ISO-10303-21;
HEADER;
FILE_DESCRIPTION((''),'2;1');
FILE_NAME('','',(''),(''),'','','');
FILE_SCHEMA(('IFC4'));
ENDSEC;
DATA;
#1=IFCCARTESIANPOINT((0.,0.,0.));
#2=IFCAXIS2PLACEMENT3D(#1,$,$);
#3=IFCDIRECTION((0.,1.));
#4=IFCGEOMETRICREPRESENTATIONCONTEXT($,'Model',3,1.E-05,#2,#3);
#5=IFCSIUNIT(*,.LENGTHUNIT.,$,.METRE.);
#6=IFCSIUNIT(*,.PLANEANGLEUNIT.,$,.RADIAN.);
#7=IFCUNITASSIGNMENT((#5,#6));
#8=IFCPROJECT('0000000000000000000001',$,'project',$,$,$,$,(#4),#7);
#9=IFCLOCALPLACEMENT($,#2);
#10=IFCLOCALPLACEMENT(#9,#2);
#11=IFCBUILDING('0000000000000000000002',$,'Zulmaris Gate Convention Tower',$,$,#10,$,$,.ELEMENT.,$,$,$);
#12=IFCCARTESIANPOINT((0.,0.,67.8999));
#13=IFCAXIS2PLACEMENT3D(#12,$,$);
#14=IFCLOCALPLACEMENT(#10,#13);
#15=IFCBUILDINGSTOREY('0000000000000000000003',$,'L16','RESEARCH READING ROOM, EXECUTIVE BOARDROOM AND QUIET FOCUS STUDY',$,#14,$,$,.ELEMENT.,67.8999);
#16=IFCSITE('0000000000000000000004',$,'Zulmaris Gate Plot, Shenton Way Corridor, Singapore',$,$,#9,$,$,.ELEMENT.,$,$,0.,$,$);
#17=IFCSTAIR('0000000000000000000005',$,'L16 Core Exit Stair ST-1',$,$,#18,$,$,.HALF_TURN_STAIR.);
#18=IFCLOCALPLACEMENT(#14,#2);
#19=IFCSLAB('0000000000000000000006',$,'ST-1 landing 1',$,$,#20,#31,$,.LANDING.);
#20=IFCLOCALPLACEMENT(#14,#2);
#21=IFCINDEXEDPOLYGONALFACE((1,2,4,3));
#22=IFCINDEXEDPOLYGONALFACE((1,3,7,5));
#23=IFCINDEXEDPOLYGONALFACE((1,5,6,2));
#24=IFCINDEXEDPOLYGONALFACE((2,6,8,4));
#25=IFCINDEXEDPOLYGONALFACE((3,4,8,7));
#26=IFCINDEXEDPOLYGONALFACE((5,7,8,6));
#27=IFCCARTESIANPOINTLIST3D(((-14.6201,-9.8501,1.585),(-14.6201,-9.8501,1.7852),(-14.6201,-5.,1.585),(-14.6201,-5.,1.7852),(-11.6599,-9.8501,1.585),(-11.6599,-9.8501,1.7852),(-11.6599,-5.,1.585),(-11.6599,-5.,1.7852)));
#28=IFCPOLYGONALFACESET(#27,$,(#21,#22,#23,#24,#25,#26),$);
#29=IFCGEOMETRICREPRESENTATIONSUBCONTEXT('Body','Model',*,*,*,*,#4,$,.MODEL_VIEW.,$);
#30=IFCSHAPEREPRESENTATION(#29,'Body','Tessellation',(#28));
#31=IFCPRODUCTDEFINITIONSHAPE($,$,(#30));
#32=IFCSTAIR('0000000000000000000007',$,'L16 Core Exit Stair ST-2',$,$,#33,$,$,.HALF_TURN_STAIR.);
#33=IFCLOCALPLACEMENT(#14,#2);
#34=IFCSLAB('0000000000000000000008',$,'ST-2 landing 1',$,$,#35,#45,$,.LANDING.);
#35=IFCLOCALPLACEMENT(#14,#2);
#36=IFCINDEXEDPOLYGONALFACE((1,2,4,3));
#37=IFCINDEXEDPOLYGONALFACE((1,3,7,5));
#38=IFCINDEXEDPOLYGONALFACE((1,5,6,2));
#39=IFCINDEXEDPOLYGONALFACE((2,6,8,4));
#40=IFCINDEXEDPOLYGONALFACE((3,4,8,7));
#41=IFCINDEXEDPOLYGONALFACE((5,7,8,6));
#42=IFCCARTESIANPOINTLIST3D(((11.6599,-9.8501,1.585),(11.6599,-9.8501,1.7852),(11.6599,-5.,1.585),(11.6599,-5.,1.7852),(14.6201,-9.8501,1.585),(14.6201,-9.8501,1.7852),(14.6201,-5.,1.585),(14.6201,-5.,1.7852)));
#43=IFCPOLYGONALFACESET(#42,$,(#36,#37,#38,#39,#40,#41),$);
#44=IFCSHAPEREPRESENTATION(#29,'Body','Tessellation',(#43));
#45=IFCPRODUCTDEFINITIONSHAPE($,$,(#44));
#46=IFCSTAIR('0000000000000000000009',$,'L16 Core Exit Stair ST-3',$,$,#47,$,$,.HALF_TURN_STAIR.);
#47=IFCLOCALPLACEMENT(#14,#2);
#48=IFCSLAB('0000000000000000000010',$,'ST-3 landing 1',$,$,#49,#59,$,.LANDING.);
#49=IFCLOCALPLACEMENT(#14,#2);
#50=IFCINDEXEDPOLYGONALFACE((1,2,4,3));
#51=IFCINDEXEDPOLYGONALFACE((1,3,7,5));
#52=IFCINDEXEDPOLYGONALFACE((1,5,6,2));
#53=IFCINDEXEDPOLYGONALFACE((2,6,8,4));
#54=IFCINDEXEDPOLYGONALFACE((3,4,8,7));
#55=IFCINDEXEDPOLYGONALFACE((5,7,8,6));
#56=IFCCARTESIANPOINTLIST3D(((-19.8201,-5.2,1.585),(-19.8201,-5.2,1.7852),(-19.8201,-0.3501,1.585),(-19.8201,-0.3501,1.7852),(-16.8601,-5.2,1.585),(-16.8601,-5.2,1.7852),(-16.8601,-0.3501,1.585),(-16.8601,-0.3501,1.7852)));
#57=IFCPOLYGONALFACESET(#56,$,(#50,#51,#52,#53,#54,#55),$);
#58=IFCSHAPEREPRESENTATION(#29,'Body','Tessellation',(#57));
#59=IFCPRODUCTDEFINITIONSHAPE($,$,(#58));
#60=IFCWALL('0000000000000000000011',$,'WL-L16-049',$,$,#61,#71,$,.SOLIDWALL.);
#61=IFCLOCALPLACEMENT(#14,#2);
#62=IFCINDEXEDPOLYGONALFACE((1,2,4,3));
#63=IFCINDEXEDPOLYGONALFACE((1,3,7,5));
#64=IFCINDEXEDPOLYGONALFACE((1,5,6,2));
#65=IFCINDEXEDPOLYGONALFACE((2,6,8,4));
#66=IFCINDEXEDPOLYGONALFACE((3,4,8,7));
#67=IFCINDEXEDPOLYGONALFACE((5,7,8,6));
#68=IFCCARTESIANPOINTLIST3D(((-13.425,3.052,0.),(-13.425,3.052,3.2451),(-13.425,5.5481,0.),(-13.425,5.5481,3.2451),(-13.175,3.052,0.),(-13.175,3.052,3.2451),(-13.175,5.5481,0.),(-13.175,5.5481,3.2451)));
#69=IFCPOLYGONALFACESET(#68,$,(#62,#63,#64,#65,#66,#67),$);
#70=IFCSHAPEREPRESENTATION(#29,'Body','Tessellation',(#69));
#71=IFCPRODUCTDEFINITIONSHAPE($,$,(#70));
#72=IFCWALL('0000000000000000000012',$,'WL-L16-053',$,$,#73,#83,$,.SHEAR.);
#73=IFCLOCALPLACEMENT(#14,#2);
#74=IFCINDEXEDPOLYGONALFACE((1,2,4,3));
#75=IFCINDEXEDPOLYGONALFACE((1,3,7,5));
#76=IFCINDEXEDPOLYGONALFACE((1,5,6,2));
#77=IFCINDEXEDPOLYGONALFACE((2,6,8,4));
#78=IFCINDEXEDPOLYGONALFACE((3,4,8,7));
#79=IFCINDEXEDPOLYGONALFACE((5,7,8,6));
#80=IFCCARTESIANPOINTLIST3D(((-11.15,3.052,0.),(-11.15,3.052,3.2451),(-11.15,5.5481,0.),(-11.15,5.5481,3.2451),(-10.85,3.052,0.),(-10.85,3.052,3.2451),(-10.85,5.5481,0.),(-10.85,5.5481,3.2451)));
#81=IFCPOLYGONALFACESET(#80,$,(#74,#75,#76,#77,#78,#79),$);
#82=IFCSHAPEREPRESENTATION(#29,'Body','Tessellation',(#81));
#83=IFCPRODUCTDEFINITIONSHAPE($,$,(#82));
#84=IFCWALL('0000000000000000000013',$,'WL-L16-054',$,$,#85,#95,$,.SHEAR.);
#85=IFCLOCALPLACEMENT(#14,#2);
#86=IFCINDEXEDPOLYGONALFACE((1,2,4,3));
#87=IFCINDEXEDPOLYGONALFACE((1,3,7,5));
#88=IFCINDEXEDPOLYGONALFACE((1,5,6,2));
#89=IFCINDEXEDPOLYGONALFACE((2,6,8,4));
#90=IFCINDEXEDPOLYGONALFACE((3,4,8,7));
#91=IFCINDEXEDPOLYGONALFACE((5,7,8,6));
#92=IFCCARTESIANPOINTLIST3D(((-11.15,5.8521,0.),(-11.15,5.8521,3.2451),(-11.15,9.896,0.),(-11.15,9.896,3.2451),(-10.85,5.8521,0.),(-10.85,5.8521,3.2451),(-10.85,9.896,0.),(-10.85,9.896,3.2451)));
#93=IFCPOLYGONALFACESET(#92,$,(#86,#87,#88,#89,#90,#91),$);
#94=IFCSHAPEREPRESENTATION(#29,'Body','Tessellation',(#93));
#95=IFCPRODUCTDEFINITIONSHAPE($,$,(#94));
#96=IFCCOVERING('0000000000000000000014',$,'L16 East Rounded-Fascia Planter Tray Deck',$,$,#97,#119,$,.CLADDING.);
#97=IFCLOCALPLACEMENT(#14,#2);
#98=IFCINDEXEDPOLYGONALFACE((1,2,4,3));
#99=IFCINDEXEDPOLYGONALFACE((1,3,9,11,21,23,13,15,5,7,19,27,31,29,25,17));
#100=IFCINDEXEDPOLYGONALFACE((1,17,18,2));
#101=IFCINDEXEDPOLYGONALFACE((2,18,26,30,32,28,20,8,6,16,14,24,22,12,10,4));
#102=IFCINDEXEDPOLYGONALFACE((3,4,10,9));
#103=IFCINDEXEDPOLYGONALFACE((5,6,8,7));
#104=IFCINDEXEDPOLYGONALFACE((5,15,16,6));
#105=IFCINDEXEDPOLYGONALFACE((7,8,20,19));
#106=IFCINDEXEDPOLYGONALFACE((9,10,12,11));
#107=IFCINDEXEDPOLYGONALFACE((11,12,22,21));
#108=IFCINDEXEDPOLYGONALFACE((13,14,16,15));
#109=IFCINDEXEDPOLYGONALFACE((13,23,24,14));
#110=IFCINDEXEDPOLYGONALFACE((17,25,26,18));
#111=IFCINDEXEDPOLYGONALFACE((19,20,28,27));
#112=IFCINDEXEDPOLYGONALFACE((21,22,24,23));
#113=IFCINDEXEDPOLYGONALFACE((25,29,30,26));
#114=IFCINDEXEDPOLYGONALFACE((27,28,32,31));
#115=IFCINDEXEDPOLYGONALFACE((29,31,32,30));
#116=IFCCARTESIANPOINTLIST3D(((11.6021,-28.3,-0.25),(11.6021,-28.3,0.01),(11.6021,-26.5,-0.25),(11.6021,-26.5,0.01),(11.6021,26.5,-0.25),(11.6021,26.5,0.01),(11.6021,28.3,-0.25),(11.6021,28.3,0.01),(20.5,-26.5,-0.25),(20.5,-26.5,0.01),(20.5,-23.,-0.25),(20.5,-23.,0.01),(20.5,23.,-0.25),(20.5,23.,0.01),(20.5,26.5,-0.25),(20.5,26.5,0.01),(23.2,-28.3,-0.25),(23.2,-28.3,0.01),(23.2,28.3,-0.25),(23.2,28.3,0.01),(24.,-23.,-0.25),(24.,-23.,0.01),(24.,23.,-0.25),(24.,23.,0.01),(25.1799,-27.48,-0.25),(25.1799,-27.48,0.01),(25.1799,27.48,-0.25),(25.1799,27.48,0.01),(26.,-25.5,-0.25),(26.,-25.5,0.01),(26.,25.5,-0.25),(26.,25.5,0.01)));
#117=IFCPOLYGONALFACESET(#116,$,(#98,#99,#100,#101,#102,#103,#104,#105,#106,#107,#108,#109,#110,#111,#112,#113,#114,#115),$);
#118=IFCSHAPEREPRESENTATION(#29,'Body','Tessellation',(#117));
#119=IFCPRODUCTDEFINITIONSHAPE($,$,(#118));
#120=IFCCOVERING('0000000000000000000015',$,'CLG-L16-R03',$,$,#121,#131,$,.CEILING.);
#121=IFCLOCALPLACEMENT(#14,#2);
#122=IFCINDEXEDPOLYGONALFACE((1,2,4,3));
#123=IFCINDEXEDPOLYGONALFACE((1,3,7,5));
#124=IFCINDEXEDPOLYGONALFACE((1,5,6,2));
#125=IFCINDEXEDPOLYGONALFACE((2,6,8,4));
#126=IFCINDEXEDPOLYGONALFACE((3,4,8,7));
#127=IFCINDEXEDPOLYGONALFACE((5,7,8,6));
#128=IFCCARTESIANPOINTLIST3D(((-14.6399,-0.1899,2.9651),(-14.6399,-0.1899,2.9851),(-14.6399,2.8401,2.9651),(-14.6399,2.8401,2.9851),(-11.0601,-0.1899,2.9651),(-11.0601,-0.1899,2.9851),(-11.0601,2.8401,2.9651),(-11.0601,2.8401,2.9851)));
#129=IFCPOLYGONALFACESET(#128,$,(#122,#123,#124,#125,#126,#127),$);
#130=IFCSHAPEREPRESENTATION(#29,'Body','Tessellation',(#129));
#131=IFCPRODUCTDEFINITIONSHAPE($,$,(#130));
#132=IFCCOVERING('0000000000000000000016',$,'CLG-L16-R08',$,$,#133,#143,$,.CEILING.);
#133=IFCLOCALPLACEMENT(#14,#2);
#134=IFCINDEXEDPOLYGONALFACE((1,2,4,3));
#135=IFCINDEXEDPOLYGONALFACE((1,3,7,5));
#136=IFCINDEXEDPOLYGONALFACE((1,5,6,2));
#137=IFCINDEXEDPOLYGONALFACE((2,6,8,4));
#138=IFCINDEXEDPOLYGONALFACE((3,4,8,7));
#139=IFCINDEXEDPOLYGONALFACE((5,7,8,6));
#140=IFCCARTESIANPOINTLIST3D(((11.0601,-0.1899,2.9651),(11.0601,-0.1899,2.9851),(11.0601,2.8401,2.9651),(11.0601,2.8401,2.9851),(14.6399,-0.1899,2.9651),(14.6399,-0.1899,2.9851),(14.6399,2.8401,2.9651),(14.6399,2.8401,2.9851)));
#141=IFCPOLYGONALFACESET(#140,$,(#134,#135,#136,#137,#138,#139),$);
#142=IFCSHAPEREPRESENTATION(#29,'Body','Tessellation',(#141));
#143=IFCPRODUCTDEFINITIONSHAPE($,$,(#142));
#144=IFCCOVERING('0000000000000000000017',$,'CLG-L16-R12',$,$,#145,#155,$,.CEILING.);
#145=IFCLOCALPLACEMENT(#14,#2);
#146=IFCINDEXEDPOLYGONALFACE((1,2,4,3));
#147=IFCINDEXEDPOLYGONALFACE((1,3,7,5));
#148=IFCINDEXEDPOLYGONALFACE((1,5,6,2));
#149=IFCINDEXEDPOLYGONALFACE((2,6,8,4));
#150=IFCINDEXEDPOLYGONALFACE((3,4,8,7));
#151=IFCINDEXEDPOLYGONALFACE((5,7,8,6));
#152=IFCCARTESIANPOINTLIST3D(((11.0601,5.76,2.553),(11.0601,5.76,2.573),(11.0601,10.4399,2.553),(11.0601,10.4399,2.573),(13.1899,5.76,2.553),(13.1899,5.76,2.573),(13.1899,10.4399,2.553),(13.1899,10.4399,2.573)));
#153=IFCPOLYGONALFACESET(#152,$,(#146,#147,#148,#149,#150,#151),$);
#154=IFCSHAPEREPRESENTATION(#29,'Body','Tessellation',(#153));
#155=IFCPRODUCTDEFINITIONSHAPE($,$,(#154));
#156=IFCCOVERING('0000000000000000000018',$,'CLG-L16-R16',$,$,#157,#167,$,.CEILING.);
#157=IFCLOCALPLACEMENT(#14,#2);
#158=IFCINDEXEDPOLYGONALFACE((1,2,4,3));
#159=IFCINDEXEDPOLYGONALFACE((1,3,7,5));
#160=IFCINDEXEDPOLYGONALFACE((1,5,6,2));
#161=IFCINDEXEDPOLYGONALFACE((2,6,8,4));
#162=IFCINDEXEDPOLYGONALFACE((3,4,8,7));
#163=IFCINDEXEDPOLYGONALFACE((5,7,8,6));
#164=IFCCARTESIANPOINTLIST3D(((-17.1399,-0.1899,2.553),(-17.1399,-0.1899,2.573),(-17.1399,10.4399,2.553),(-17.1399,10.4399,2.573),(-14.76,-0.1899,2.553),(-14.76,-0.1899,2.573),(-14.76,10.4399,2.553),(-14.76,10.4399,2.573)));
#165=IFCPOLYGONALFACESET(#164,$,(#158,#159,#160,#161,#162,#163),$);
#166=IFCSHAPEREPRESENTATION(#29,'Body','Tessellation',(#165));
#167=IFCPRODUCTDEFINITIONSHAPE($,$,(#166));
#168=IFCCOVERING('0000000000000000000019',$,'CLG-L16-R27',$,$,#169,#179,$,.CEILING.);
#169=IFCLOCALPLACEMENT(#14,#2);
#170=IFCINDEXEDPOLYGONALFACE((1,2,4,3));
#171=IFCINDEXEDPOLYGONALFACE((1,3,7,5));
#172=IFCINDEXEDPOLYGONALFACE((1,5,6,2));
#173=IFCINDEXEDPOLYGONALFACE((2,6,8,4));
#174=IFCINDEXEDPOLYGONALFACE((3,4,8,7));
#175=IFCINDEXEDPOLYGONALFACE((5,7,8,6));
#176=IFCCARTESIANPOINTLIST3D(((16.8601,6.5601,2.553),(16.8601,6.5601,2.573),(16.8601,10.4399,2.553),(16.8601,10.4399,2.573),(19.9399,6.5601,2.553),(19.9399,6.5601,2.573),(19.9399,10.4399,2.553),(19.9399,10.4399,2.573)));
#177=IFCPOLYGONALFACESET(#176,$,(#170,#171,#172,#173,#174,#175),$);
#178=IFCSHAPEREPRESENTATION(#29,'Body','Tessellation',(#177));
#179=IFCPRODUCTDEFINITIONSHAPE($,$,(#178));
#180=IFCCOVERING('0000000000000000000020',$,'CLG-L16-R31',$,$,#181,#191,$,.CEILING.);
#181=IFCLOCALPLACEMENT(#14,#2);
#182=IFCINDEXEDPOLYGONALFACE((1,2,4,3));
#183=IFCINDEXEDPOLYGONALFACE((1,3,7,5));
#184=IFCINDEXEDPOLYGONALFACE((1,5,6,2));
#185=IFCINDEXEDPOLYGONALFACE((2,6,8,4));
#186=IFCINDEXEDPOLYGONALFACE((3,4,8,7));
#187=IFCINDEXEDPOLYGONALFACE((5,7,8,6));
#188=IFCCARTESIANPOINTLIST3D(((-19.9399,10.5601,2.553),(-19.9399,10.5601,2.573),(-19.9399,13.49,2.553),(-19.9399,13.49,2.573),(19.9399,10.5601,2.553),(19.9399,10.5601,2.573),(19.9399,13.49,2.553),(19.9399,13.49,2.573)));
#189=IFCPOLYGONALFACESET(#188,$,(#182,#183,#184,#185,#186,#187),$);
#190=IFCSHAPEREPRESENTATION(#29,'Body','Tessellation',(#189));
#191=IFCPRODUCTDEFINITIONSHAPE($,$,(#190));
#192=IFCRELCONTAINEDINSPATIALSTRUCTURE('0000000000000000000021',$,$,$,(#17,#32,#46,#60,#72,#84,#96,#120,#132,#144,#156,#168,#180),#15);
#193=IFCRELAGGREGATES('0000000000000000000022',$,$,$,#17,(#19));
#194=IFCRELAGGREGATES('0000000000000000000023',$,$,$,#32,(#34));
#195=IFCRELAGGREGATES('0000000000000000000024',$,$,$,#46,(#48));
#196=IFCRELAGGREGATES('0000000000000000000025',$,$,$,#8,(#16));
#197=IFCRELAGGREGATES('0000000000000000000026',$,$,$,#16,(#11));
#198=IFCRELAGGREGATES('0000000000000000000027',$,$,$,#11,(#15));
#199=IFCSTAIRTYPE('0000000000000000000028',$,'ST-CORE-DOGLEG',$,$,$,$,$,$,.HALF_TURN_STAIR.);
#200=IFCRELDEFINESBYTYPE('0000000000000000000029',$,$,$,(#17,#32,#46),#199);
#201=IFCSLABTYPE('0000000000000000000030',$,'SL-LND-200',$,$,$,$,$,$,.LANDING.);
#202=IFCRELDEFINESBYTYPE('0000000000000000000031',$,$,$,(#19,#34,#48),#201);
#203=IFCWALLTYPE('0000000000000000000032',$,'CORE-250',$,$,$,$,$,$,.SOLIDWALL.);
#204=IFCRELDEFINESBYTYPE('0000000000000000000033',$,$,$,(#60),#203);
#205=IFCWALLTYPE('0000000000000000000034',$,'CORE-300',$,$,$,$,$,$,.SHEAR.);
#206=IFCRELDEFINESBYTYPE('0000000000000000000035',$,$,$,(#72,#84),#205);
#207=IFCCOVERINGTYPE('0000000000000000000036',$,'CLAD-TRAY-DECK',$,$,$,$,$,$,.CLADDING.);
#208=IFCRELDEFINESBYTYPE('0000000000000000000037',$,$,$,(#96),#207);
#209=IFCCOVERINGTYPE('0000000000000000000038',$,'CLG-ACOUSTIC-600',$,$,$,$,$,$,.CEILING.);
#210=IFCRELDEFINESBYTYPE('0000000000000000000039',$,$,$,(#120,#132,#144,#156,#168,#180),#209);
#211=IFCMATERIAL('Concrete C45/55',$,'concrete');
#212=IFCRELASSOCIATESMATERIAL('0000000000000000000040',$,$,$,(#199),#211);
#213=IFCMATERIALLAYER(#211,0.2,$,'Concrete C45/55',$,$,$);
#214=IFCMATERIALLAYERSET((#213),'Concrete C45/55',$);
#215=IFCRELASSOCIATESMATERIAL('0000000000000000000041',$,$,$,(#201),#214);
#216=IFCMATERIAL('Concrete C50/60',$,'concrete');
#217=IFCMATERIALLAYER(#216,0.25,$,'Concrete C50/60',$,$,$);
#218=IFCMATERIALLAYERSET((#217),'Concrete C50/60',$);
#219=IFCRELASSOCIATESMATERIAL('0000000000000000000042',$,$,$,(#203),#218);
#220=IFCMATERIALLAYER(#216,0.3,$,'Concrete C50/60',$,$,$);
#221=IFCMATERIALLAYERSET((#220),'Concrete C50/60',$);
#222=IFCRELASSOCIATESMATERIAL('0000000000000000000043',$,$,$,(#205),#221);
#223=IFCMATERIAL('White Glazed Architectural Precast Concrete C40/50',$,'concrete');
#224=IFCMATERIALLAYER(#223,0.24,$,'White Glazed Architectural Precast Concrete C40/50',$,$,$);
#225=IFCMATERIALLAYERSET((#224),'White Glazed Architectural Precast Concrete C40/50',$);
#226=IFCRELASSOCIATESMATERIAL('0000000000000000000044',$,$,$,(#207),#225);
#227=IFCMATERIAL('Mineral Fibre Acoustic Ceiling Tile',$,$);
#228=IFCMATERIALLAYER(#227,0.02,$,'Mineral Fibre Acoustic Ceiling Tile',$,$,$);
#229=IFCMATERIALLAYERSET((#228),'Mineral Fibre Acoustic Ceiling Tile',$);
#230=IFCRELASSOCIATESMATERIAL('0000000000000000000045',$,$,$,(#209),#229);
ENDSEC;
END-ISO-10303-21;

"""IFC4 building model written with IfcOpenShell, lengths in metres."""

from ifc_helpers import new_model, si_unit, direction, frame, frame_2d, origin, place, context, subcontext, project, spatial, polyline, rectangle, outline, extrude, material, layer, layer_set, type_object, element, aggregate, save


model = new_model("IFC4")

# Units and contexts
model_context = context("Model", 3, precision=1e-05, world=origin(), true_north=direction((0.0, 1.0)))
body_context = subcontext(model_context, "Body", "Model", "MODEL_VIEW")
ifc_project = project(units=[si_unit("LENGTHUNIT", "METRE"), si_unit("PLANEANGLEUNIT", "RADIAN")], contexts=[model_context])

# Site, building, storey
site_placement = place(None, origin())
site = spatial("IfcSite", under=ifc_project, at=site_placement, Name="Zulmaris Gate Plot, Shenton Way Corridor, Singapore", CompositionType="ELEMENT", RefElevation=0.0)
building_placement = place(site_placement, origin())
building = spatial("IfcBuilding", under=site, at=building_placement, Name="Zulmaris Gate Convention Tower", CompositionType="ELEMENT")
storey_placement = place(building_placement, frame((0.0, 0.0, 67.8999)))
storey = spatial("IfcBuildingStorey", under=building, at=storey_placement, Name="L16", Description="RESEARCH READING ROOM, EXECUTIVE BOARDROOM AND QUIET FOCUS STUDY", CompositionType="ELEMENT", Elevation=67.8999)

# Stairs, slabs
ifc_material_1 = material(Name="Concrete C45/55", Category="concrete")
stair_type = type_object("IfcStairType", Name="ST-CORE-DOGLEG", PredefinedType="HALF_TURN_STAIR", material=ifc_material_1)
stair_1_placement = place(storey_placement, origin())
stair_1 = element("IfcStair", 1, at=stair_1_placement, inside=storey, type_object=stair_type, Name="L16 Core Exit Stair ST-1", PredefinedType="HALF_TURN_STAIR")
ifc_layer_1 = layer(ifc_material_1, 0.2, Name="Concrete C45/55")
ifc_layer_set_1 = layer_set([ifc_layer_1], Name="Concrete C45/55")
slab_type = type_object("IfcSlabType", Name="SL-LND-200", PredefinedType="LANDING", material=ifc_layer_set_1)
slab_1_placement = place(storey_placement, frame((0.0, 0.0, 1.585)))
slab_1 = element("IfcSlab", 2, at=slab_1_placement, type_object=slab_type, Name="ST-1 landing 1", PredefinedType="LANDING", context=body_context, shape_type="SweptSolid", body=[
    extrude(outline(polyline([(-14.6201, -5.0), (-14.6201, -9.8501), (-11.6599, -9.8501), (-11.6599, -5.0), (-14.6201, -5.0)])), origin(), (0.0, 0.0, 1.0), 0.2002),
])
aggregate(stair_1, [slab_1])
stair_2_placement = place(storey_placement, origin())
stair_2 = element("IfcStair", 3, at=stair_2_placement, inside=storey, type_object=stair_type, Name="L16 Core Exit Stair ST-2", PredefinedType="HALF_TURN_STAIR")
slab_2_placement = place(storey_placement, frame((0.0, 0.0, 1.585)))
slab_2 = element("IfcSlab", 4, at=slab_2_placement, type_object=slab_type, Name="ST-2 landing 1", PredefinedType="LANDING", context=body_context, shape_type="SweptSolid", body=[
    extrude(outline(polyline([(11.6599, -5.0), (11.6599, -9.8501), (14.6201, -9.8501), (14.6201, -5.0), (11.6599, -5.0)])), origin(), (0.0, 0.0, 1.0), 0.2002),
])
aggregate(stair_2, [slab_2])
stair_3_placement = place(storey_placement, origin())
stair_3 = element("IfcStair", 5, at=stair_3_placement, inside=storey, type_object=stair_type, Name="L16 Core Exit Stair ST-3", PredefinedType="HALF_TURN_STAIR")
slab_3_placement = place(storey_placement, frame((0.0, 0.0, 1.585)))
slab_3 = element("IfcSlab", 6, at=slab_3_placement, type_object=slab_type, Name="ST-3 landing 1", PredefinedType="LANDING", context=body_context, shape_type="SweptSolid", body=[
    extrude(outline(polyline([(-16.8601, -5.2), (-16.8601, -0.3501), (-19.8201, -0.3501), (-19.8201, -5.2), (-16.8601, -5.2)])), origin(), (0.0, 0.0, 1.0), 0.2002),
])
aggregate(stair_3, [slab_3])

# Wall
ifc_material_2 = material(Name="Concrete C50/60", Category="concrete")
ifc_layer_2 = layer(ifc_material_2, 0.25, Name="Concrete C50/60")
ifc_layer_set_2 = layer_set([ifc_layer_2], Name="Concrete C50/60")
wall_type_1 = type_object("IfcWallType", Name="CORE-250", PredefinedType="SOLIDWALL", material=ifc_layer_set_2)
wall_1_placement = place(storey_placement, frame((-13.3, 3.052, 0.0), z_axis=(0.0, 0.0, 1.0), x_axis=(0.0, 1.0, 0.0)))
element("IfcWall", 7, at=wall_1_placement, inside=storey, type_object=wall_type_1, Name="WL-L16-049", PredefinedType="SOLIDWALL", context=body_context, shape_type="SweptSolid", body=[
    extrude(rectangle(XDim=2.4961, YDim=0.25, at=frame_2d((1.248, 0.0))), origin(), (0.0, 0.0, 1.0), 3.2451),
])

# Shared definitions
ifc_layer_3 = layer(ifc_material_2, 0.3, Name="Concrete C50/60")
ifc_layer_set_3 = layer_set([ifc_layer_3], Name="Concrete C50/60")
wall_type_2 = type_object("IfcWallType", Name="CORE-300", PredefinedType="SHEAR", material=ifc_layer_set_3)

# Walls
wall_2_placement = place(storey_placement, frame((-11.0, 3.052, 0.0), z_axis=(0.0, 0.0, 1.0), x_axis=(0.0, 1.0, 0.0)))
element("IfcWall", 8, at=wall_2_placement, inside=storey, type_object=wall_type_2, Name="WL-L16-053", PredefinedType="SHEAR", context=body_context, shape_type="SweptSolid", body=[
    extrude(rectangle(XDim=2.4961, YDim=0.3, at=frame_2d((1.248, 0.0))), origin(), (0.0, 0.0, 1.0), 3.2451),
])
wall_3_placement = place(storey_placement, frame((-11.0, 5.8521, 0.0), z_axis=(0.0, 0.0, 1.0), x_axis=(0.0, 1.0, 0.0)))
element("IfcWall", 9, at=wall_3_placement, inside=storey, type_object=wall_type_2, Name="WL-L16-054", PredefinedType="SHEAR", context=body_context, shape_type="SweptSolid", body=[
    extrude(rectangle(XDim=4.0439, YDim=0.3, at=frame_2d((2.022, 0.0))), origin(), (0.0, 0.0, 1.0), 3.2451),
])

# Coverings
ifc_material_3 = material(Name="White Glazed Architectural Precast Concrete C40/50", Category="concrete")
ifc_layer_4 = layer(ifc_material_3, 0.24, Name="White Glazed Architectural Precast Concrete C40/50")
ifc_layer_set_4 = layer_set([ifc_layer_4], Name="White Glazed Architectural Precast Concrete C40/50")
covering_type_1 = type_object("IfcCoveringType", Name="CLAD-TRAY-DECK", PredefinedType="CLADDING", material=ifc_layer_set_4)
covering_1_placement = place(storey_placement, frame((0.0, 0.0, -0.25)))
element("IfcCovering", 10, at=covering_1_placement, inside=storey, type_object=covering_type_1, Name="L16 East Rounded-Fascia Planter Tray Deck", PredefinedType="CLADDING", context=body_context, shape_type="SweptSolid", body=[
    extrude(outline(polyline([(23.2, 28.3), (25.1799, 27.48), (26.0, 25.5), (26.0, -25.5), (25.1799, -27.48), (23.2, -28.3), (11.6021, -28.3), (11.6021, -26.5), (20.5, -26.5), (20.5, -23.0), (24.0, -23.0), (24.0, 23.0), (20.5, 23.0), (20.5, 26.5), (11.6021, 26.5), (11.6021, 28.3), (23.2, 28.3)])), origin(), (0.0, 0.0, 1.0), 0.26),
])
ifc_material_4 = material(Name="Mineral Fibre Acoustic Ceiling Tile")
ifc_layer_5 = layer(ifc_material_4, 0.02, Name="Mineral Fibre Acoustic Ceiling Tile")
ifc_layer_set_5 = layer_set([ifc_layer_5], Name="Mineral Fibre Acoustic Ceiling Tile")
covering_type_2 = type_object("IfcCoveringType", Name="CLG-ACOUSTIC-600", PredefinedType="CEILING", material=ifc_layer_set_5)
covering_2_placement = place(storey_placement, frame((0.0, 0.0, 2.9651)))
element("IfcCovering", 11, at=covering_2_placement, inside=storey, type_object=covering_type_2, Name="CLG-L16-R03", PredefinedType="CEILING", context=body_context, shape_type="SweptSolid", body=[
    extrude(outline(polyline([(-14.6399, -0.1899), (-11.0601, -0.1899), (-11.0601, 2.8401), (-14.6399, 2.8401), (-14.6399, -0.1899)])), origin(), (0.0, 0.0, 1.0), 0.02),
])
covering_3_placement = place(storey_placement, frame((0.0, 0.0, 2.9651)))
element("IfcCovering", 12, at=covering_3_placement, inside=storey, type_object=covering_type_2, Name="CLG-L16-R08", PredefinedType="CEILING", context=body_context, shape_type="SweptSolid", body=[
    extrude(outline(polyline([(11.0601, -0.1899), (14.6399, -0.1899), (14.6399, 2.8401), (11.0601, 2.8401), (11.0601, -0.1899)])), origin(), (0.0, 0.0, 1.0), 0.02),
])
covering_4_placement = place(storey_placement, frame((0.0, 0.0, 2.553)))
element("IfcCovering", 13, at=covering_4_placement, inside=storey, type_object=covering_type_2, Name="CLG-L16-R12", PredefinedType="CEILING", context=body_context, shape_type="SweptSolid", body=[
    extrude(outline(polyline([(11.0601, 5.76), (13.1899, 5.76), (13.1899, 10.4399), (11.0601, 10.4399), (11.0601, 5.76)])), origin(), (0.0, 0.0, 1.0), 0.02),
])
covering_5_placement = place(storey_placement, frame((0.0, 0.0, 2.553)))
element("IfcCovering", 14, at=covering_5_placement, inside=storey, type_object=covering_type_2, Name="CLG-L16-R16", PredefinedType="CEILING", context=body_context, shape_type="SweptSolid", body=[
    extrude(outline(polyline([(-17.1399, -0.1899), (-14.76, -0.1899), (-14.76, 10.4399), (-17.1399, 10.4399), (-17.1399, -0.1899)])), origin(), (0.0, 0.0, 1.0), 0.02),
])
covering_6_placement = place(storey_placement, frame((0.0, 0.0, 2.553)))
element("IfcCovering", 15, at=covering_6_placement, inside=storey, type_object=covering_type_2, Name="CLG-L16-R27", PredefinedType="CEILING", context=body_context, shape_type="SweptSolid", body=[
    extrude(outline(polyline([(16.8601, 6.5601), (19.9399, 6.5601), (19.9399, 10.4399), (16.8601, 10.4399), (16.8601, 6.5601)])), origin(), (0.0, 0.0, 1.0), 0.02),
])
covering_7_placement = place(storey_placement, frame((0.0, 0.0, 2.553)))
element("IfcCovering", 16, at=covering_7_placement, inside=storey, type_object=covering_type_2, Name="CLG-L16-R31", PredefinedType="CEILING", context=body_context, shape_type="SweptSolid", body=[
    extrude(outline(polyline([(-19.9399, 10.5601), (19.9399, 10.5601), (19.9399, 13.49), (-19.9399, 13.49), (-19.9399, 10.5601)])), origin(), (0.0, 0.0, 1.0), 0.02),
])

save(model, "model.ifc")
